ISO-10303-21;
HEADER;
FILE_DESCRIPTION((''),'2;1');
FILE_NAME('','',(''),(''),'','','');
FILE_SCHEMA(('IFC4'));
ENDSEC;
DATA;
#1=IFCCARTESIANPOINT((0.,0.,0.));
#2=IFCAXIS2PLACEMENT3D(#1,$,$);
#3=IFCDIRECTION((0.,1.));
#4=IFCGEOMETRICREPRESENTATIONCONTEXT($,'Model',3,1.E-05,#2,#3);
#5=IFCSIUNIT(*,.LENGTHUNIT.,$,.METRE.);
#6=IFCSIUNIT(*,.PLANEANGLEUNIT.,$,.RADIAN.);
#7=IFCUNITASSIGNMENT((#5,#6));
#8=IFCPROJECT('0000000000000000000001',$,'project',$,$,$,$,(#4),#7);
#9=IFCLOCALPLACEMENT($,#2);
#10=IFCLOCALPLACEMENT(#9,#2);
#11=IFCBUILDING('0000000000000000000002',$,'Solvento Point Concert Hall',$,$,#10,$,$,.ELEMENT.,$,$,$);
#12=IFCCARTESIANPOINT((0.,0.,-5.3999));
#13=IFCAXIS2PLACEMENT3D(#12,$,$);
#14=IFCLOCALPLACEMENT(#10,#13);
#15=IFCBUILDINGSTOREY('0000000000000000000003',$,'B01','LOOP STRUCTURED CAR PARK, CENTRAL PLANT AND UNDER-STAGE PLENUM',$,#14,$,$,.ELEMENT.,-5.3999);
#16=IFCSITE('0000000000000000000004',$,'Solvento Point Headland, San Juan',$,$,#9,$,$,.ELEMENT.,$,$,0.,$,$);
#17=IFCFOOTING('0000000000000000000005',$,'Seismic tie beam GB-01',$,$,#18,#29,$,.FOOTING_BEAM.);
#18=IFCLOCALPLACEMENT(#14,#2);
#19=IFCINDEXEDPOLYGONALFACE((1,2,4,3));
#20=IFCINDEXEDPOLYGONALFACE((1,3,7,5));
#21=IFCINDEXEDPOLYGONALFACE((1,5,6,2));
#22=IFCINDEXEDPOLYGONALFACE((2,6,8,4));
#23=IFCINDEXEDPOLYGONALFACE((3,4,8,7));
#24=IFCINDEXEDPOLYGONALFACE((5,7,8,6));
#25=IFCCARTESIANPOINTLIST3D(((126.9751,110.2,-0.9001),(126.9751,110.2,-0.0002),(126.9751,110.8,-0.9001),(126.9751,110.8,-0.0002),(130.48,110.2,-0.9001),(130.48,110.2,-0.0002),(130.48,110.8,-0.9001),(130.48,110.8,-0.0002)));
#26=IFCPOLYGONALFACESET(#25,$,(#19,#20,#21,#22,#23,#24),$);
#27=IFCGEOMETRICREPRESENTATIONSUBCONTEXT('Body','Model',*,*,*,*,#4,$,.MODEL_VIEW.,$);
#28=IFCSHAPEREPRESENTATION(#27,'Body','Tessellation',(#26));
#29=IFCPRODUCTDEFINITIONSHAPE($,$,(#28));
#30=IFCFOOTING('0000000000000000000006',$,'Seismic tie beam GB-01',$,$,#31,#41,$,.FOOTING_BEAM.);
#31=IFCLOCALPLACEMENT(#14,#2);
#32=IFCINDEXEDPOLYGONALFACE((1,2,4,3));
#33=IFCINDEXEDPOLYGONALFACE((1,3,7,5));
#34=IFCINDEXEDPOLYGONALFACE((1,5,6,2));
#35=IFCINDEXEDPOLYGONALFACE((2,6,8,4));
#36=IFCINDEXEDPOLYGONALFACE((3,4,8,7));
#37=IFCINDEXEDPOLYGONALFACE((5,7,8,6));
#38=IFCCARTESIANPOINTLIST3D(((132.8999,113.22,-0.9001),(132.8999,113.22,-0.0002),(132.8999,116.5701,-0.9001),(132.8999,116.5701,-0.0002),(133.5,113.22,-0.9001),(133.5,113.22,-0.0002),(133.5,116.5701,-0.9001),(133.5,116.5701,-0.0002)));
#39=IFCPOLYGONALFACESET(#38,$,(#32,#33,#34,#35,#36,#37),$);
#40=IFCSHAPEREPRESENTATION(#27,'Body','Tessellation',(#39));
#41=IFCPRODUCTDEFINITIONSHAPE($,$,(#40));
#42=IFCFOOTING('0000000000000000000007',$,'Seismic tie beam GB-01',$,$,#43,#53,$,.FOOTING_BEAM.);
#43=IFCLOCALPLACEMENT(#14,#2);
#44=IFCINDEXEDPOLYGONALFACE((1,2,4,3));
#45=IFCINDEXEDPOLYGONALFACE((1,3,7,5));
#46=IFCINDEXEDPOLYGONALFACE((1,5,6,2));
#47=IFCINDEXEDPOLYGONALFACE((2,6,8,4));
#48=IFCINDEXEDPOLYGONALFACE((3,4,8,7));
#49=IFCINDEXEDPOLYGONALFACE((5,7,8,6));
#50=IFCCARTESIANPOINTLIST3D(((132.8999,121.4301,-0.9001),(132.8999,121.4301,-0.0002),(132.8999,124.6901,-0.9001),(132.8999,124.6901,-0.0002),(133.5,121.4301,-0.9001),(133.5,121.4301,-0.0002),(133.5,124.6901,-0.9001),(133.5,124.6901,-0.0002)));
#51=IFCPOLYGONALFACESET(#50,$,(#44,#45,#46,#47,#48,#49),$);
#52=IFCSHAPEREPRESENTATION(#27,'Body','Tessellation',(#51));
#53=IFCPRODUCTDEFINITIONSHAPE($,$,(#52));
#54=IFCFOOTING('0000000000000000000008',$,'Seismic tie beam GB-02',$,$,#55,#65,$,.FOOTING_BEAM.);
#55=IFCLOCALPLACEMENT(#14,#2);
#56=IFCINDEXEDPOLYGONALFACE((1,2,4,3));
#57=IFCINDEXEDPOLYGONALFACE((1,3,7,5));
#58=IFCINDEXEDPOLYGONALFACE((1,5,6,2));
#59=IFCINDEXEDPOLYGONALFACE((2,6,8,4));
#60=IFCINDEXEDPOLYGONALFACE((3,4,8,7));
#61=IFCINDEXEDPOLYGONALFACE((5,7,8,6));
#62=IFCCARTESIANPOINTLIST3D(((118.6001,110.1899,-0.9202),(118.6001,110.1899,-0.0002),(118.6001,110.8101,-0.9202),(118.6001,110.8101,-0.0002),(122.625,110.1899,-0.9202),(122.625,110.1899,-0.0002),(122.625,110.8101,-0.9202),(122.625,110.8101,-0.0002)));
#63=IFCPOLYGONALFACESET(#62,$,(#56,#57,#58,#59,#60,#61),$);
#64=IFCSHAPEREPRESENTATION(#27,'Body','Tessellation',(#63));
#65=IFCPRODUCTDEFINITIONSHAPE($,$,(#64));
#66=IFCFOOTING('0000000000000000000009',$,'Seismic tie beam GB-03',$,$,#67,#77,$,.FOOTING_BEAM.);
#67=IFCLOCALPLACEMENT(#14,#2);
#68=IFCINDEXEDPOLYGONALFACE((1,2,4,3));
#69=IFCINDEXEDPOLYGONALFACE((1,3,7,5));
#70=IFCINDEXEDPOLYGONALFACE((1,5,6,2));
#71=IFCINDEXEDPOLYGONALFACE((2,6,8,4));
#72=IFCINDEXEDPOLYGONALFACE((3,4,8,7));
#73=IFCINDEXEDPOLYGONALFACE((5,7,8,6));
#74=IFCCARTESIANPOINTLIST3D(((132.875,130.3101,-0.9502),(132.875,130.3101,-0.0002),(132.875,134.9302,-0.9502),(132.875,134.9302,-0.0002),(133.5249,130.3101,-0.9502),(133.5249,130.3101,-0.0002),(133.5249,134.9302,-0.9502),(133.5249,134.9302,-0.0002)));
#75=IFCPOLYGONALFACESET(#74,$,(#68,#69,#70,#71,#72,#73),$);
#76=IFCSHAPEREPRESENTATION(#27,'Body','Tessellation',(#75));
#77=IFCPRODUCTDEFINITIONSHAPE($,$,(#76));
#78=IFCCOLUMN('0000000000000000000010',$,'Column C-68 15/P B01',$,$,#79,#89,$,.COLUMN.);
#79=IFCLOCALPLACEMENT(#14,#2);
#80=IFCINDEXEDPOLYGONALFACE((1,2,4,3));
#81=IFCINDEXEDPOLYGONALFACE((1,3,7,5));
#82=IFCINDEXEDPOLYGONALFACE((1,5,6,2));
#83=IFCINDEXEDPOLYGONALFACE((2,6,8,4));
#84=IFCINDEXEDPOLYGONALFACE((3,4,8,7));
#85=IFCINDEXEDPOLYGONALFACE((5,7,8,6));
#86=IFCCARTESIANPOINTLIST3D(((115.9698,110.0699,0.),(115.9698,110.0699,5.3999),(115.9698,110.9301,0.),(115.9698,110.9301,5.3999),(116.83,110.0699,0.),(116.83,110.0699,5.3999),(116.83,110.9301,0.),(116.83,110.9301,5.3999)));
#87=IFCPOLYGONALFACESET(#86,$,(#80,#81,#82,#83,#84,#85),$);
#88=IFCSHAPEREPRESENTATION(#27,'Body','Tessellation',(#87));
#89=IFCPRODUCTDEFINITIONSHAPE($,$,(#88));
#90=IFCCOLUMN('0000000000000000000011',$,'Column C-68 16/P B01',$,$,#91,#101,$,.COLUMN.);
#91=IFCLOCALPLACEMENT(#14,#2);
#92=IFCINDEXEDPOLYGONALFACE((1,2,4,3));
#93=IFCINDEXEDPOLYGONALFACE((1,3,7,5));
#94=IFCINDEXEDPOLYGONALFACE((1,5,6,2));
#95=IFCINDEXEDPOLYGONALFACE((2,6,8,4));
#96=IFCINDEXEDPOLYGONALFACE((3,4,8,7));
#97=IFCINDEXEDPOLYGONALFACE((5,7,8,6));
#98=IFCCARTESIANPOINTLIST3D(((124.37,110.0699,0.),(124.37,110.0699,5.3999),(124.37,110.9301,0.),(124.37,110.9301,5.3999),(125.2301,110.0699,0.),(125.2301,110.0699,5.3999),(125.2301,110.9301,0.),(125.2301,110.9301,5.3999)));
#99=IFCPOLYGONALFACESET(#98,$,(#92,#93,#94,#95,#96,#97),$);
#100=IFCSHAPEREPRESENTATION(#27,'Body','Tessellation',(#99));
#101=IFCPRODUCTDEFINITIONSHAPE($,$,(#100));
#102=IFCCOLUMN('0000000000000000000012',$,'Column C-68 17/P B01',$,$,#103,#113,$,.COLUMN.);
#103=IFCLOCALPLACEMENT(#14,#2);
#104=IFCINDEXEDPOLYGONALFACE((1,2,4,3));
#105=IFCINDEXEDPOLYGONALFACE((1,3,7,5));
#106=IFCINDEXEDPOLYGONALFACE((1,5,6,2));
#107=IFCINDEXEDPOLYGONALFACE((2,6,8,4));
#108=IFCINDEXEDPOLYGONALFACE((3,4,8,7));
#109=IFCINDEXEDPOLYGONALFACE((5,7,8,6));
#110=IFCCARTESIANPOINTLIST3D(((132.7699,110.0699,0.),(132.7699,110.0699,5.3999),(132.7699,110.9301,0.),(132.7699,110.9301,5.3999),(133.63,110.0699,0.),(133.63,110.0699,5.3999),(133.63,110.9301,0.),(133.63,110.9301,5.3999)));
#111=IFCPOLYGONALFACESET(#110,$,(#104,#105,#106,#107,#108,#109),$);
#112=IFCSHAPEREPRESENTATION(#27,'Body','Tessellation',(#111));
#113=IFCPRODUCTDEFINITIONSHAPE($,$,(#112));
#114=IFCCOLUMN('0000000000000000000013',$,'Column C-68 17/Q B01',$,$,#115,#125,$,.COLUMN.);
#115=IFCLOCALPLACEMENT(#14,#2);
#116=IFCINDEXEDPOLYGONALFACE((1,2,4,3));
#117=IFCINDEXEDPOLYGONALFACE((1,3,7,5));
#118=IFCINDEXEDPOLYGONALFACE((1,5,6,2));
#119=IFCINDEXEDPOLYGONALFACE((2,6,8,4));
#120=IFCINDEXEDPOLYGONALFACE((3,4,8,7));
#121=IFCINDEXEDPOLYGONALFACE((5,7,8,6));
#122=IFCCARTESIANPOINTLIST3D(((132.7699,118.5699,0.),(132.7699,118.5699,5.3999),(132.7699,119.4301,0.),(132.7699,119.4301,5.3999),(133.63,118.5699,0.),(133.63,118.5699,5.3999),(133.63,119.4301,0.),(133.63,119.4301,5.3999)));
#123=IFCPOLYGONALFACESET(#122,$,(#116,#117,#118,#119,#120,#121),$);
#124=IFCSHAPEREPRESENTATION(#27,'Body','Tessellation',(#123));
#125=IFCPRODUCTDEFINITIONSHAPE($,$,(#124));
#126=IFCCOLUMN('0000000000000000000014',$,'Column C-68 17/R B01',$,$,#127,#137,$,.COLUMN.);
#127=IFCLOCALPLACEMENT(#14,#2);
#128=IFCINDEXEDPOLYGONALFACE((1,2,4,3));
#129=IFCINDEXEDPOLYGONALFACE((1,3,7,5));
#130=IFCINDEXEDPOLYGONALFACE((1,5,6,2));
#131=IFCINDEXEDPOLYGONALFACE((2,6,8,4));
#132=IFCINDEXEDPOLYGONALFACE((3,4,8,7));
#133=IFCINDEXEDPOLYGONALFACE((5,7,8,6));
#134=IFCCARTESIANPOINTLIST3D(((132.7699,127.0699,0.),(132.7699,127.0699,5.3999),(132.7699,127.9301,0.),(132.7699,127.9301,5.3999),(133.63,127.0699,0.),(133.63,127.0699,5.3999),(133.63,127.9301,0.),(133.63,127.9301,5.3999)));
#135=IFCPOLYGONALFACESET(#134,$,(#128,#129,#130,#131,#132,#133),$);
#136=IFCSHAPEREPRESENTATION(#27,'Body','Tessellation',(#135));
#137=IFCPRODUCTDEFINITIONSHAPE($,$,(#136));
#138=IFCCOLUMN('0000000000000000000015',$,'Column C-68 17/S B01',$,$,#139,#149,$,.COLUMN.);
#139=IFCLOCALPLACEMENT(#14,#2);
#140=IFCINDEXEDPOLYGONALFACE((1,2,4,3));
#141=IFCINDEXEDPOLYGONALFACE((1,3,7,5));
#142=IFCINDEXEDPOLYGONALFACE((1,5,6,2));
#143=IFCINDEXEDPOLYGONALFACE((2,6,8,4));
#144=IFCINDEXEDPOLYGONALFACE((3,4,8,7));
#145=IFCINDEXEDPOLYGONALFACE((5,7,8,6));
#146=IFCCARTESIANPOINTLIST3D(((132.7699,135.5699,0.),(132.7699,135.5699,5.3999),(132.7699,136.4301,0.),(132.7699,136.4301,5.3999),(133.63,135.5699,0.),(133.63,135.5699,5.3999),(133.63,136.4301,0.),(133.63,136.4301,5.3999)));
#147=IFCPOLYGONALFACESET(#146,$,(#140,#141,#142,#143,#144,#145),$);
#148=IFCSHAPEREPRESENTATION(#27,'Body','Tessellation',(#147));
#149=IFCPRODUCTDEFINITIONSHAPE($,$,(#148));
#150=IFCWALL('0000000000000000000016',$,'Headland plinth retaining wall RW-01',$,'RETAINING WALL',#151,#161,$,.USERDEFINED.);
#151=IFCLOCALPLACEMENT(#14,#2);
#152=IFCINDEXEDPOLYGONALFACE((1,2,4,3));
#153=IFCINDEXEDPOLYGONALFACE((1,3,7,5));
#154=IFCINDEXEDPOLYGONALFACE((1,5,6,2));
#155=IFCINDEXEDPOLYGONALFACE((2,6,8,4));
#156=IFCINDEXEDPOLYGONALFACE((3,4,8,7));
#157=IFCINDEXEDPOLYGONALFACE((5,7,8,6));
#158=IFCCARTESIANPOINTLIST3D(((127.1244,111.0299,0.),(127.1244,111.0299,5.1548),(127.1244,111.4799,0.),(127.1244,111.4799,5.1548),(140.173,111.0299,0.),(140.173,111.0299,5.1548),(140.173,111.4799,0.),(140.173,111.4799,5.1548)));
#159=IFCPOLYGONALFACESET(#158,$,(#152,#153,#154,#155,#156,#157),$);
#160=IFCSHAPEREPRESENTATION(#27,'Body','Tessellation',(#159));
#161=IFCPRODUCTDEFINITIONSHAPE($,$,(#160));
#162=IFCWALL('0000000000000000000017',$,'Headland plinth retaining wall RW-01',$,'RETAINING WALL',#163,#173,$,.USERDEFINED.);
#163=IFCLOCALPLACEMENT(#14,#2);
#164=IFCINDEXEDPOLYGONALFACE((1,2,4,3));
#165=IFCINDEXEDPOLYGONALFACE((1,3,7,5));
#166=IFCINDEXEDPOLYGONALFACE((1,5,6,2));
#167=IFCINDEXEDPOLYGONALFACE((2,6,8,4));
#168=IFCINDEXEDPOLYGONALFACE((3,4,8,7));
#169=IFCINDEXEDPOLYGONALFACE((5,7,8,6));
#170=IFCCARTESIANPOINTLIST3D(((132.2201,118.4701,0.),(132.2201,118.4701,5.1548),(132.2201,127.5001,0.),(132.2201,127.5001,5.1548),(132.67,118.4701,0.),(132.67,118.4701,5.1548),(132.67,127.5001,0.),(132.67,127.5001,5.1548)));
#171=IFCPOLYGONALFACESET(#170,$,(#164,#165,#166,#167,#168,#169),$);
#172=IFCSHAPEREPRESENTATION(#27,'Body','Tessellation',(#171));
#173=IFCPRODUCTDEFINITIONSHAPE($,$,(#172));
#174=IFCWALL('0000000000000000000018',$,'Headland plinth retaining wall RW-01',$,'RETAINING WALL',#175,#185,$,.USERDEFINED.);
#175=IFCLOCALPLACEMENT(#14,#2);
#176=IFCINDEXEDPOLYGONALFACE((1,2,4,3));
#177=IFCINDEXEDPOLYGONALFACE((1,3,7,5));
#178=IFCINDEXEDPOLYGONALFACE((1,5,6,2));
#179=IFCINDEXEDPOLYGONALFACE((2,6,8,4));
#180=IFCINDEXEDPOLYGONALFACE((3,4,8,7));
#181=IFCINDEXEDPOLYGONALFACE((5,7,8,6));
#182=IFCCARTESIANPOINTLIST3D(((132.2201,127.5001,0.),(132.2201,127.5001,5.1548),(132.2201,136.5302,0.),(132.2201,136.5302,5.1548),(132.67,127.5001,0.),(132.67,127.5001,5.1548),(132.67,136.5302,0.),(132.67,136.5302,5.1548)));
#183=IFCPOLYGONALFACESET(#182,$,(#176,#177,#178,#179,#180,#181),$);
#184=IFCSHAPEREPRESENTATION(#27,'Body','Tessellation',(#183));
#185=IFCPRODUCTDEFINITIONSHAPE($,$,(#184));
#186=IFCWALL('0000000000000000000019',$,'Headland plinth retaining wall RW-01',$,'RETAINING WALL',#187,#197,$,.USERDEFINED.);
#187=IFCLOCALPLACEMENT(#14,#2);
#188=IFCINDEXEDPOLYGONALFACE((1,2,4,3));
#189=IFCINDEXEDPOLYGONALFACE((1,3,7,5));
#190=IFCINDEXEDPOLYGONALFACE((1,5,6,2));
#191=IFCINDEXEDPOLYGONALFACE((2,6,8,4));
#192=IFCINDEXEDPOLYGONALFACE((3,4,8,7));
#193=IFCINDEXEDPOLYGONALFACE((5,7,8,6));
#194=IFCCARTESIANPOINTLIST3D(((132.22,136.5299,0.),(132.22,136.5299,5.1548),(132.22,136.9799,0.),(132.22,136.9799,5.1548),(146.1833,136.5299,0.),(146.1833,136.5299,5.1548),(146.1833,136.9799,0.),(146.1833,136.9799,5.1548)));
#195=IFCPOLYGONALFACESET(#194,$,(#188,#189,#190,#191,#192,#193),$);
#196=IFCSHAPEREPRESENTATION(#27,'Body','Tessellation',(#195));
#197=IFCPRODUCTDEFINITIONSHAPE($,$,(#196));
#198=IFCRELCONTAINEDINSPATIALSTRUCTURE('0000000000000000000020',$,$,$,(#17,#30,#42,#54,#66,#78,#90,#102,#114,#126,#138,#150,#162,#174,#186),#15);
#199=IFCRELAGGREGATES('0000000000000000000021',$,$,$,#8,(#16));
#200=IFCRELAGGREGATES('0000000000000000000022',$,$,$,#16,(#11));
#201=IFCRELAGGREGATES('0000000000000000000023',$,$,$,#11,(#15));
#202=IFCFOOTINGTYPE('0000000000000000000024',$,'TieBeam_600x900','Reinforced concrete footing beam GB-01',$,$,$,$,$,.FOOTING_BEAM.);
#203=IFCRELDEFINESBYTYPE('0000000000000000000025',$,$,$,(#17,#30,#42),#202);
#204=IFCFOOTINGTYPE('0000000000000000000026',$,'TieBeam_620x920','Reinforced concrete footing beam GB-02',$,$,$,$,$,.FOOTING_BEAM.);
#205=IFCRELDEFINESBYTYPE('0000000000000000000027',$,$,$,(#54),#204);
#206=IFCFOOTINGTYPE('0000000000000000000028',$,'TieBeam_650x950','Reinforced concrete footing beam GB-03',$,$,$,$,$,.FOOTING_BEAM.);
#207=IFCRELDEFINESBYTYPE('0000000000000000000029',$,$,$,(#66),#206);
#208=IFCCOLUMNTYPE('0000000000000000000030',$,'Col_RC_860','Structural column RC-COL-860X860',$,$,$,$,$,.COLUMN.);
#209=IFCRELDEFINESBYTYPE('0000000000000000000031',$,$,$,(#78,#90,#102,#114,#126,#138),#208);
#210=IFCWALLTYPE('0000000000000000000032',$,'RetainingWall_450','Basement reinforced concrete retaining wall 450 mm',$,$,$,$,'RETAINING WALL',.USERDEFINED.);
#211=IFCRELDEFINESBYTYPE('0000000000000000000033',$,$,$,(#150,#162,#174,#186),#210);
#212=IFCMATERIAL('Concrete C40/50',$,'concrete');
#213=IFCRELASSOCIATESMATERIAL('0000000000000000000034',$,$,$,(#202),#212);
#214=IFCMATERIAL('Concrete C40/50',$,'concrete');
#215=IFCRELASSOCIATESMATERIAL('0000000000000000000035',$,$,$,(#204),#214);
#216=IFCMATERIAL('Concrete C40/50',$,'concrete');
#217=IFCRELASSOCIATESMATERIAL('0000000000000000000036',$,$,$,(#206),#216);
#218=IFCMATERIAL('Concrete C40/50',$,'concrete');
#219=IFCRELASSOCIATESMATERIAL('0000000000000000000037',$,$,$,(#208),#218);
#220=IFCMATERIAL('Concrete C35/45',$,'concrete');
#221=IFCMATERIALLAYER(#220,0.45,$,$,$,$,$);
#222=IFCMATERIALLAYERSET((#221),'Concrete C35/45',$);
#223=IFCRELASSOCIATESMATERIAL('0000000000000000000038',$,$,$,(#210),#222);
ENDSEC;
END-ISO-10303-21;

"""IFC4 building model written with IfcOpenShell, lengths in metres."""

from ifc_helpers import new_model, si_unit, direction, frame, frame_2d, origin, origin_2d, place, context, subcontext, project, spatial, rectangle, extrude, material, layer, layer_set, material_profile, profile_set, type_object, element, save


model = new_model("IFC4")

# Units and contexts
model_context = context("Model", 3, precision=1e-05, world=origin(), true_north=direction((0.0, 1.0)))
body_context = subcontext(model_context, "Body", "Model", "MODEL_VIEW")
ifc_project = project(units=[si_unit("LENGTHUNIT", "METRE"), si_unit("PLANEANGLEUNIT", "RADIAN")], contexts=[model_context])

# Site, building, storey
site_placement = place(None, origin())
site = spatial("IfcSite", under=ifc_project, at=site_placement, Name="Solvento Point Headland, San Juan", CompositionType="ELEMENT", RefElevation=0.0)
building_placement = place(site_placement, origin())
building = spatial("IfcBuilding", under=site, at=building_placement, Name="Solvento Point Concert Hall", CompositionType="ELEMENT")
storey_placement = place(building_placement, frame((0.0, 0.0, -5.3999)))
storey = spatial("IfcBuildingStorey", under=building, at=storey_placement, Name="B01", Description="LOOP STRUCTURED CAR PARK, CENTRAL PLANT AND UNDER-STAGE PLENUM", CompositionType="ELEMENT", Elevation=-5.3999)

# Footings
ifc_material_1 = material(Name="Concrete C40/50", Category="concrete")
footing_type_1 = type_object("IfcFootingType", Name="TieBeam_600x900", Description="Reinforced concrete footing beam GB-01", PredefinedType="FOOTING_BEAM", material=ifc_material_1)
footing_1_placement = place(storey_placement, frame((128.7275, 110.5, -0.9001), z_axis=(0.0, 0.0, 1.0), x_axis=(1.0, 0.0, 0.0)))
element("IfcFooting", 1, at=footing_1_placement, inside=storey, type_object=footing_type_1, Name="Seismic tie beam GB-01", PredefinedType="FOOTING_BEAM", context=body_context, shape_type="SweptSolid", body=[
    extrude(rectangle(XDim=3.5049, YDim=0.6001, at=origin_2d()), origin(), (0.0, 0.0, 1.0), 0.8999),
])
footing_2_placement = place(storey_placement, frame((133.2, 114.895, -0.9001), z_axis=(0.0, 0.0, 1.0), x_axis=(0.0, 1.0, 0.0)))
element("IfcFooting", 2, at=footing_2_placement, inside=storey, type_object=footing_type_1, Name="Seismic tie beam GB-01", PredefinedType="FOOTING_BEAM", context=body_context, shape_type="SweptSolid", body=[
    extrude(rectangle(XDim=3.3501, YDim=0.6001, at=origin_2d()), origin(), (0.0, 0.0, 1.0), 0.8999),
])
footing_3_placement = place(storey_placement, frame((133.2, 123.0601, -0.9001), z_axis=(0.0, 0.0, 1.0), x_axis=(0.0, 1.0, 0.0)))
element("IfcFooting", 3, at=footing_3_placement, inside=storey, type_object=footing_type_1, Name="Seismic tie beam GB-01", PredefinedType="FOOTING_BEAM", context=body_context, shape_type="SweptSolid", body=[
    extrude(rectangle(XDim=3.26, YDim=0.6001, at=origin_2d()), origin(), (0.0, 0.0, 1.0), 0.8999),
])
ifc_material_2 = material(Name="Concrete C40/50", Category="concrete")
footing_type_2 = type_object("IfcFootingType", Name="TieBeam_620x920", Description="Reinforced concrete footing beam GB-02", PredefinedType="FOOTING_BEAM", material=ifc_material_2)
footing_4_placement = place(storey_placement, frame((120.6125, 110.5, -0.9202), z_axis=(0.0, 0.0, 1.0), x_axis=(1.0, 0.0, 0.0)))
element("IfcFooting", 4, at=footing_4_placement, inside=storey, type_object=footing_type_2, Name="Seismic tie beam GB-02", PredefinedType="FOOTING_BEAM", context=body_context, shape_type="SweptSolid", body=[
    extrude(rectangle(XDim=4.0249, YDim=0.6201, at=origin_2d()), origin(), (0.0, 0.0, 1.0), 0.9199),
])
ifc_material_3 = material(Name="Concrete C40/50", Category="concrete")
footing_type_3 = type_object("IfcFootingType", Name="TieBeam_650x950", Description="Reinforced concrete footing beam GB-03", PredefinedType="FOOTING_BEAM", material=ifc_material_3)
footing_5_placement = place(storey_placement, frame((133.2, 132.6201, -0.9502), z_axis=(0.0, 0.0, 1.0), x_axis=(0.0, 1.0, 0.0)))
element("IfcFooting", 5, at=footing_5_placement, inside=storey, type_object=footing_type_3, Name="Seismic tie beam GB-03", PredefinedType="FOOTING_BEAM", context=body_context, shape_type="SweptSolid", body=[
    extrude(rectangle(XDim=4.6201, YDim=0.6499, at=origin_2d()), origin(), (0.0, 0.0, 1.0), 0.95),
])

# Columns
ifc_material_4 = material(Name="Concrete C40/50", Category="concrete")
ifc_material_profile_1 = material_profile(ifc_material_4, rectangle(XDim=0.8601, YDim=0.8601, at=origin_2d()), Name="RC-COL-860X860")
ifc_profile_set_1 = profile_set([ifc_material_profile_1], Name="Concrete C40/50")
column_type = type_object("IfcColumnType", Name="Col_RC_860", Description="Structural column RC-COL-860X860", PredefinedType="COLUMN", material=ifc_profile_set_1)
for number, where, z_axis, x_axis, name in (
    (6, (116.3999, 110.5, 0.0), (0.0, 0.0, 1.0), (1.0, 0.0, 0.0), "Column C-68 15/P B01"),
    (7, (124.8, 110.5, 0.0), (0.0, 0.0, 1.0), (1.0, 0.0, 0.0), "Column C-68 16/P B01"),
    (8, (133.2, 110.5, 0.0), (0.0, 0.0, 1.0), (1.0, 0.0, 0.0), "Column C-68 17/P B01"),
    (9, (133.2, 119.0, 0.0), (0.0, 0.0, 1.0), (1.0, 0.0, 0.0), "Column C-68 17/Q B01"),
    (10, (133.2, 127.5, 0.0), (0.0, 0.0, 1.0), (1.0, 0.0, 0.0), "Column C-68 17/R B01"),
    (11, (133.2, 136.0, 0.0), (0.0, 0.0, 1.0), (1.0, 0.0, 0.0), "Column C-68 17/S B01"),
):
    element("IfcColumn", number, at=place(storey_placement, frame(where, z_axis=z_axis, x_axis=x_axis)), inside=storey, type_object=column_type, Name=name, PredefinedType="COLUMN", context=body_context, shape_type="SweptSolid", body=[
        extrude(rectangle(XDim=0.8601, YDim=0.8601, at=origin_2d()), origin(), (0.0, 0.0, 1.0), 5.3999),
    ])

# Walls
ifc_material_5 = material(Name="Concrete C35/45", Category="concrete")
ifc_layer = layer(ifc_material_5, 0.45)
ifc_layer_set = layer_set([ifc_layer], Name="Concrete C35/45")
wall_type = type_object("IfcWallType", Name="RetainingWall_450", Description="Basement reinforced concrete retaining wall 450 mm", ElementType="RETAINING WALL", PredefinedType="USERDEFINED", material=ifc_layer_set)
wall_1_placement = place(storey_placement, frame((127.1243, 111.2549, 0.0), z_axis=(0.0, 0.0, 1.0), x_axis=(1.0, 0.0, 0.0)))
element("IfcWall", 12, at=wall_1_placement, inside=storey, type_object=wall_type, Name="Headland plinth retaining wall RW-01", ObjectType="RETAINING WALL", PredefinedType="USERDEFINED", context=body_context, shape_type="SweptSolid", body=[
    extrude(rectangle(XDim=13.0486, YDim=0.45, at=frame_2d((6.5244, 0.0))), origin(), (0.0, 0.0, 1.0), 5.1548),
])
for number, where, z_axis, x_axis, name in (
    (13, (132.4451, 118.47, 0.0), (0.0, 0.0, 1.0), (0.0, 1.0, 0.0), "Headland plinth retaining wall RW-01"),
    (14, (132.4451, 127.5, 0.0), (0.0, 0.0, 1.0), (0.0, 1.0, 0.0), "Headland plinth retaining wall RW-01"),
):
    element("IfcWall", number, at=place(storey_placement, frame(where, z_axis=z_axis, x_axis=x_axis)), inside=storey, type_object=wall_type, Name=name, ObjectType="RETAINING WALL", PredefinedType="USERDEFINED", context=body_context, shape_type="SweptSolid", body=[
        extrude(rectangle(XDim=9.03, YDim=0.45, at=frame_2d((4.5151, 0.0))), origin(), (0.0, 0.0, 1.0), 5.1548),
    ])
wall_2_placement = place(storey_placement, frame((132.22, 136.7549, 0.0), z_axis=(0.0, 0.0, 1.0), x_axis=(1.0, 0.0, 0.0)))
element("IfcWall", 15, at=wall_2_placement, inside=storey, type_object=wall_type, Name="Headland plinth retaining wall RW-01", ObjectType="RETAINING WALL", PredefinedType="USERDEFINED", context=body_context, shape_type="SweptSolid", body=[
    extrude(rectangle(XDim=13.9634, YDim=0.45, at=frame_2d((6.9817, 0.0))), origin(), (0.0, 0.0, 1.0), 5.1548),
])

save(model, "model.ifc")
